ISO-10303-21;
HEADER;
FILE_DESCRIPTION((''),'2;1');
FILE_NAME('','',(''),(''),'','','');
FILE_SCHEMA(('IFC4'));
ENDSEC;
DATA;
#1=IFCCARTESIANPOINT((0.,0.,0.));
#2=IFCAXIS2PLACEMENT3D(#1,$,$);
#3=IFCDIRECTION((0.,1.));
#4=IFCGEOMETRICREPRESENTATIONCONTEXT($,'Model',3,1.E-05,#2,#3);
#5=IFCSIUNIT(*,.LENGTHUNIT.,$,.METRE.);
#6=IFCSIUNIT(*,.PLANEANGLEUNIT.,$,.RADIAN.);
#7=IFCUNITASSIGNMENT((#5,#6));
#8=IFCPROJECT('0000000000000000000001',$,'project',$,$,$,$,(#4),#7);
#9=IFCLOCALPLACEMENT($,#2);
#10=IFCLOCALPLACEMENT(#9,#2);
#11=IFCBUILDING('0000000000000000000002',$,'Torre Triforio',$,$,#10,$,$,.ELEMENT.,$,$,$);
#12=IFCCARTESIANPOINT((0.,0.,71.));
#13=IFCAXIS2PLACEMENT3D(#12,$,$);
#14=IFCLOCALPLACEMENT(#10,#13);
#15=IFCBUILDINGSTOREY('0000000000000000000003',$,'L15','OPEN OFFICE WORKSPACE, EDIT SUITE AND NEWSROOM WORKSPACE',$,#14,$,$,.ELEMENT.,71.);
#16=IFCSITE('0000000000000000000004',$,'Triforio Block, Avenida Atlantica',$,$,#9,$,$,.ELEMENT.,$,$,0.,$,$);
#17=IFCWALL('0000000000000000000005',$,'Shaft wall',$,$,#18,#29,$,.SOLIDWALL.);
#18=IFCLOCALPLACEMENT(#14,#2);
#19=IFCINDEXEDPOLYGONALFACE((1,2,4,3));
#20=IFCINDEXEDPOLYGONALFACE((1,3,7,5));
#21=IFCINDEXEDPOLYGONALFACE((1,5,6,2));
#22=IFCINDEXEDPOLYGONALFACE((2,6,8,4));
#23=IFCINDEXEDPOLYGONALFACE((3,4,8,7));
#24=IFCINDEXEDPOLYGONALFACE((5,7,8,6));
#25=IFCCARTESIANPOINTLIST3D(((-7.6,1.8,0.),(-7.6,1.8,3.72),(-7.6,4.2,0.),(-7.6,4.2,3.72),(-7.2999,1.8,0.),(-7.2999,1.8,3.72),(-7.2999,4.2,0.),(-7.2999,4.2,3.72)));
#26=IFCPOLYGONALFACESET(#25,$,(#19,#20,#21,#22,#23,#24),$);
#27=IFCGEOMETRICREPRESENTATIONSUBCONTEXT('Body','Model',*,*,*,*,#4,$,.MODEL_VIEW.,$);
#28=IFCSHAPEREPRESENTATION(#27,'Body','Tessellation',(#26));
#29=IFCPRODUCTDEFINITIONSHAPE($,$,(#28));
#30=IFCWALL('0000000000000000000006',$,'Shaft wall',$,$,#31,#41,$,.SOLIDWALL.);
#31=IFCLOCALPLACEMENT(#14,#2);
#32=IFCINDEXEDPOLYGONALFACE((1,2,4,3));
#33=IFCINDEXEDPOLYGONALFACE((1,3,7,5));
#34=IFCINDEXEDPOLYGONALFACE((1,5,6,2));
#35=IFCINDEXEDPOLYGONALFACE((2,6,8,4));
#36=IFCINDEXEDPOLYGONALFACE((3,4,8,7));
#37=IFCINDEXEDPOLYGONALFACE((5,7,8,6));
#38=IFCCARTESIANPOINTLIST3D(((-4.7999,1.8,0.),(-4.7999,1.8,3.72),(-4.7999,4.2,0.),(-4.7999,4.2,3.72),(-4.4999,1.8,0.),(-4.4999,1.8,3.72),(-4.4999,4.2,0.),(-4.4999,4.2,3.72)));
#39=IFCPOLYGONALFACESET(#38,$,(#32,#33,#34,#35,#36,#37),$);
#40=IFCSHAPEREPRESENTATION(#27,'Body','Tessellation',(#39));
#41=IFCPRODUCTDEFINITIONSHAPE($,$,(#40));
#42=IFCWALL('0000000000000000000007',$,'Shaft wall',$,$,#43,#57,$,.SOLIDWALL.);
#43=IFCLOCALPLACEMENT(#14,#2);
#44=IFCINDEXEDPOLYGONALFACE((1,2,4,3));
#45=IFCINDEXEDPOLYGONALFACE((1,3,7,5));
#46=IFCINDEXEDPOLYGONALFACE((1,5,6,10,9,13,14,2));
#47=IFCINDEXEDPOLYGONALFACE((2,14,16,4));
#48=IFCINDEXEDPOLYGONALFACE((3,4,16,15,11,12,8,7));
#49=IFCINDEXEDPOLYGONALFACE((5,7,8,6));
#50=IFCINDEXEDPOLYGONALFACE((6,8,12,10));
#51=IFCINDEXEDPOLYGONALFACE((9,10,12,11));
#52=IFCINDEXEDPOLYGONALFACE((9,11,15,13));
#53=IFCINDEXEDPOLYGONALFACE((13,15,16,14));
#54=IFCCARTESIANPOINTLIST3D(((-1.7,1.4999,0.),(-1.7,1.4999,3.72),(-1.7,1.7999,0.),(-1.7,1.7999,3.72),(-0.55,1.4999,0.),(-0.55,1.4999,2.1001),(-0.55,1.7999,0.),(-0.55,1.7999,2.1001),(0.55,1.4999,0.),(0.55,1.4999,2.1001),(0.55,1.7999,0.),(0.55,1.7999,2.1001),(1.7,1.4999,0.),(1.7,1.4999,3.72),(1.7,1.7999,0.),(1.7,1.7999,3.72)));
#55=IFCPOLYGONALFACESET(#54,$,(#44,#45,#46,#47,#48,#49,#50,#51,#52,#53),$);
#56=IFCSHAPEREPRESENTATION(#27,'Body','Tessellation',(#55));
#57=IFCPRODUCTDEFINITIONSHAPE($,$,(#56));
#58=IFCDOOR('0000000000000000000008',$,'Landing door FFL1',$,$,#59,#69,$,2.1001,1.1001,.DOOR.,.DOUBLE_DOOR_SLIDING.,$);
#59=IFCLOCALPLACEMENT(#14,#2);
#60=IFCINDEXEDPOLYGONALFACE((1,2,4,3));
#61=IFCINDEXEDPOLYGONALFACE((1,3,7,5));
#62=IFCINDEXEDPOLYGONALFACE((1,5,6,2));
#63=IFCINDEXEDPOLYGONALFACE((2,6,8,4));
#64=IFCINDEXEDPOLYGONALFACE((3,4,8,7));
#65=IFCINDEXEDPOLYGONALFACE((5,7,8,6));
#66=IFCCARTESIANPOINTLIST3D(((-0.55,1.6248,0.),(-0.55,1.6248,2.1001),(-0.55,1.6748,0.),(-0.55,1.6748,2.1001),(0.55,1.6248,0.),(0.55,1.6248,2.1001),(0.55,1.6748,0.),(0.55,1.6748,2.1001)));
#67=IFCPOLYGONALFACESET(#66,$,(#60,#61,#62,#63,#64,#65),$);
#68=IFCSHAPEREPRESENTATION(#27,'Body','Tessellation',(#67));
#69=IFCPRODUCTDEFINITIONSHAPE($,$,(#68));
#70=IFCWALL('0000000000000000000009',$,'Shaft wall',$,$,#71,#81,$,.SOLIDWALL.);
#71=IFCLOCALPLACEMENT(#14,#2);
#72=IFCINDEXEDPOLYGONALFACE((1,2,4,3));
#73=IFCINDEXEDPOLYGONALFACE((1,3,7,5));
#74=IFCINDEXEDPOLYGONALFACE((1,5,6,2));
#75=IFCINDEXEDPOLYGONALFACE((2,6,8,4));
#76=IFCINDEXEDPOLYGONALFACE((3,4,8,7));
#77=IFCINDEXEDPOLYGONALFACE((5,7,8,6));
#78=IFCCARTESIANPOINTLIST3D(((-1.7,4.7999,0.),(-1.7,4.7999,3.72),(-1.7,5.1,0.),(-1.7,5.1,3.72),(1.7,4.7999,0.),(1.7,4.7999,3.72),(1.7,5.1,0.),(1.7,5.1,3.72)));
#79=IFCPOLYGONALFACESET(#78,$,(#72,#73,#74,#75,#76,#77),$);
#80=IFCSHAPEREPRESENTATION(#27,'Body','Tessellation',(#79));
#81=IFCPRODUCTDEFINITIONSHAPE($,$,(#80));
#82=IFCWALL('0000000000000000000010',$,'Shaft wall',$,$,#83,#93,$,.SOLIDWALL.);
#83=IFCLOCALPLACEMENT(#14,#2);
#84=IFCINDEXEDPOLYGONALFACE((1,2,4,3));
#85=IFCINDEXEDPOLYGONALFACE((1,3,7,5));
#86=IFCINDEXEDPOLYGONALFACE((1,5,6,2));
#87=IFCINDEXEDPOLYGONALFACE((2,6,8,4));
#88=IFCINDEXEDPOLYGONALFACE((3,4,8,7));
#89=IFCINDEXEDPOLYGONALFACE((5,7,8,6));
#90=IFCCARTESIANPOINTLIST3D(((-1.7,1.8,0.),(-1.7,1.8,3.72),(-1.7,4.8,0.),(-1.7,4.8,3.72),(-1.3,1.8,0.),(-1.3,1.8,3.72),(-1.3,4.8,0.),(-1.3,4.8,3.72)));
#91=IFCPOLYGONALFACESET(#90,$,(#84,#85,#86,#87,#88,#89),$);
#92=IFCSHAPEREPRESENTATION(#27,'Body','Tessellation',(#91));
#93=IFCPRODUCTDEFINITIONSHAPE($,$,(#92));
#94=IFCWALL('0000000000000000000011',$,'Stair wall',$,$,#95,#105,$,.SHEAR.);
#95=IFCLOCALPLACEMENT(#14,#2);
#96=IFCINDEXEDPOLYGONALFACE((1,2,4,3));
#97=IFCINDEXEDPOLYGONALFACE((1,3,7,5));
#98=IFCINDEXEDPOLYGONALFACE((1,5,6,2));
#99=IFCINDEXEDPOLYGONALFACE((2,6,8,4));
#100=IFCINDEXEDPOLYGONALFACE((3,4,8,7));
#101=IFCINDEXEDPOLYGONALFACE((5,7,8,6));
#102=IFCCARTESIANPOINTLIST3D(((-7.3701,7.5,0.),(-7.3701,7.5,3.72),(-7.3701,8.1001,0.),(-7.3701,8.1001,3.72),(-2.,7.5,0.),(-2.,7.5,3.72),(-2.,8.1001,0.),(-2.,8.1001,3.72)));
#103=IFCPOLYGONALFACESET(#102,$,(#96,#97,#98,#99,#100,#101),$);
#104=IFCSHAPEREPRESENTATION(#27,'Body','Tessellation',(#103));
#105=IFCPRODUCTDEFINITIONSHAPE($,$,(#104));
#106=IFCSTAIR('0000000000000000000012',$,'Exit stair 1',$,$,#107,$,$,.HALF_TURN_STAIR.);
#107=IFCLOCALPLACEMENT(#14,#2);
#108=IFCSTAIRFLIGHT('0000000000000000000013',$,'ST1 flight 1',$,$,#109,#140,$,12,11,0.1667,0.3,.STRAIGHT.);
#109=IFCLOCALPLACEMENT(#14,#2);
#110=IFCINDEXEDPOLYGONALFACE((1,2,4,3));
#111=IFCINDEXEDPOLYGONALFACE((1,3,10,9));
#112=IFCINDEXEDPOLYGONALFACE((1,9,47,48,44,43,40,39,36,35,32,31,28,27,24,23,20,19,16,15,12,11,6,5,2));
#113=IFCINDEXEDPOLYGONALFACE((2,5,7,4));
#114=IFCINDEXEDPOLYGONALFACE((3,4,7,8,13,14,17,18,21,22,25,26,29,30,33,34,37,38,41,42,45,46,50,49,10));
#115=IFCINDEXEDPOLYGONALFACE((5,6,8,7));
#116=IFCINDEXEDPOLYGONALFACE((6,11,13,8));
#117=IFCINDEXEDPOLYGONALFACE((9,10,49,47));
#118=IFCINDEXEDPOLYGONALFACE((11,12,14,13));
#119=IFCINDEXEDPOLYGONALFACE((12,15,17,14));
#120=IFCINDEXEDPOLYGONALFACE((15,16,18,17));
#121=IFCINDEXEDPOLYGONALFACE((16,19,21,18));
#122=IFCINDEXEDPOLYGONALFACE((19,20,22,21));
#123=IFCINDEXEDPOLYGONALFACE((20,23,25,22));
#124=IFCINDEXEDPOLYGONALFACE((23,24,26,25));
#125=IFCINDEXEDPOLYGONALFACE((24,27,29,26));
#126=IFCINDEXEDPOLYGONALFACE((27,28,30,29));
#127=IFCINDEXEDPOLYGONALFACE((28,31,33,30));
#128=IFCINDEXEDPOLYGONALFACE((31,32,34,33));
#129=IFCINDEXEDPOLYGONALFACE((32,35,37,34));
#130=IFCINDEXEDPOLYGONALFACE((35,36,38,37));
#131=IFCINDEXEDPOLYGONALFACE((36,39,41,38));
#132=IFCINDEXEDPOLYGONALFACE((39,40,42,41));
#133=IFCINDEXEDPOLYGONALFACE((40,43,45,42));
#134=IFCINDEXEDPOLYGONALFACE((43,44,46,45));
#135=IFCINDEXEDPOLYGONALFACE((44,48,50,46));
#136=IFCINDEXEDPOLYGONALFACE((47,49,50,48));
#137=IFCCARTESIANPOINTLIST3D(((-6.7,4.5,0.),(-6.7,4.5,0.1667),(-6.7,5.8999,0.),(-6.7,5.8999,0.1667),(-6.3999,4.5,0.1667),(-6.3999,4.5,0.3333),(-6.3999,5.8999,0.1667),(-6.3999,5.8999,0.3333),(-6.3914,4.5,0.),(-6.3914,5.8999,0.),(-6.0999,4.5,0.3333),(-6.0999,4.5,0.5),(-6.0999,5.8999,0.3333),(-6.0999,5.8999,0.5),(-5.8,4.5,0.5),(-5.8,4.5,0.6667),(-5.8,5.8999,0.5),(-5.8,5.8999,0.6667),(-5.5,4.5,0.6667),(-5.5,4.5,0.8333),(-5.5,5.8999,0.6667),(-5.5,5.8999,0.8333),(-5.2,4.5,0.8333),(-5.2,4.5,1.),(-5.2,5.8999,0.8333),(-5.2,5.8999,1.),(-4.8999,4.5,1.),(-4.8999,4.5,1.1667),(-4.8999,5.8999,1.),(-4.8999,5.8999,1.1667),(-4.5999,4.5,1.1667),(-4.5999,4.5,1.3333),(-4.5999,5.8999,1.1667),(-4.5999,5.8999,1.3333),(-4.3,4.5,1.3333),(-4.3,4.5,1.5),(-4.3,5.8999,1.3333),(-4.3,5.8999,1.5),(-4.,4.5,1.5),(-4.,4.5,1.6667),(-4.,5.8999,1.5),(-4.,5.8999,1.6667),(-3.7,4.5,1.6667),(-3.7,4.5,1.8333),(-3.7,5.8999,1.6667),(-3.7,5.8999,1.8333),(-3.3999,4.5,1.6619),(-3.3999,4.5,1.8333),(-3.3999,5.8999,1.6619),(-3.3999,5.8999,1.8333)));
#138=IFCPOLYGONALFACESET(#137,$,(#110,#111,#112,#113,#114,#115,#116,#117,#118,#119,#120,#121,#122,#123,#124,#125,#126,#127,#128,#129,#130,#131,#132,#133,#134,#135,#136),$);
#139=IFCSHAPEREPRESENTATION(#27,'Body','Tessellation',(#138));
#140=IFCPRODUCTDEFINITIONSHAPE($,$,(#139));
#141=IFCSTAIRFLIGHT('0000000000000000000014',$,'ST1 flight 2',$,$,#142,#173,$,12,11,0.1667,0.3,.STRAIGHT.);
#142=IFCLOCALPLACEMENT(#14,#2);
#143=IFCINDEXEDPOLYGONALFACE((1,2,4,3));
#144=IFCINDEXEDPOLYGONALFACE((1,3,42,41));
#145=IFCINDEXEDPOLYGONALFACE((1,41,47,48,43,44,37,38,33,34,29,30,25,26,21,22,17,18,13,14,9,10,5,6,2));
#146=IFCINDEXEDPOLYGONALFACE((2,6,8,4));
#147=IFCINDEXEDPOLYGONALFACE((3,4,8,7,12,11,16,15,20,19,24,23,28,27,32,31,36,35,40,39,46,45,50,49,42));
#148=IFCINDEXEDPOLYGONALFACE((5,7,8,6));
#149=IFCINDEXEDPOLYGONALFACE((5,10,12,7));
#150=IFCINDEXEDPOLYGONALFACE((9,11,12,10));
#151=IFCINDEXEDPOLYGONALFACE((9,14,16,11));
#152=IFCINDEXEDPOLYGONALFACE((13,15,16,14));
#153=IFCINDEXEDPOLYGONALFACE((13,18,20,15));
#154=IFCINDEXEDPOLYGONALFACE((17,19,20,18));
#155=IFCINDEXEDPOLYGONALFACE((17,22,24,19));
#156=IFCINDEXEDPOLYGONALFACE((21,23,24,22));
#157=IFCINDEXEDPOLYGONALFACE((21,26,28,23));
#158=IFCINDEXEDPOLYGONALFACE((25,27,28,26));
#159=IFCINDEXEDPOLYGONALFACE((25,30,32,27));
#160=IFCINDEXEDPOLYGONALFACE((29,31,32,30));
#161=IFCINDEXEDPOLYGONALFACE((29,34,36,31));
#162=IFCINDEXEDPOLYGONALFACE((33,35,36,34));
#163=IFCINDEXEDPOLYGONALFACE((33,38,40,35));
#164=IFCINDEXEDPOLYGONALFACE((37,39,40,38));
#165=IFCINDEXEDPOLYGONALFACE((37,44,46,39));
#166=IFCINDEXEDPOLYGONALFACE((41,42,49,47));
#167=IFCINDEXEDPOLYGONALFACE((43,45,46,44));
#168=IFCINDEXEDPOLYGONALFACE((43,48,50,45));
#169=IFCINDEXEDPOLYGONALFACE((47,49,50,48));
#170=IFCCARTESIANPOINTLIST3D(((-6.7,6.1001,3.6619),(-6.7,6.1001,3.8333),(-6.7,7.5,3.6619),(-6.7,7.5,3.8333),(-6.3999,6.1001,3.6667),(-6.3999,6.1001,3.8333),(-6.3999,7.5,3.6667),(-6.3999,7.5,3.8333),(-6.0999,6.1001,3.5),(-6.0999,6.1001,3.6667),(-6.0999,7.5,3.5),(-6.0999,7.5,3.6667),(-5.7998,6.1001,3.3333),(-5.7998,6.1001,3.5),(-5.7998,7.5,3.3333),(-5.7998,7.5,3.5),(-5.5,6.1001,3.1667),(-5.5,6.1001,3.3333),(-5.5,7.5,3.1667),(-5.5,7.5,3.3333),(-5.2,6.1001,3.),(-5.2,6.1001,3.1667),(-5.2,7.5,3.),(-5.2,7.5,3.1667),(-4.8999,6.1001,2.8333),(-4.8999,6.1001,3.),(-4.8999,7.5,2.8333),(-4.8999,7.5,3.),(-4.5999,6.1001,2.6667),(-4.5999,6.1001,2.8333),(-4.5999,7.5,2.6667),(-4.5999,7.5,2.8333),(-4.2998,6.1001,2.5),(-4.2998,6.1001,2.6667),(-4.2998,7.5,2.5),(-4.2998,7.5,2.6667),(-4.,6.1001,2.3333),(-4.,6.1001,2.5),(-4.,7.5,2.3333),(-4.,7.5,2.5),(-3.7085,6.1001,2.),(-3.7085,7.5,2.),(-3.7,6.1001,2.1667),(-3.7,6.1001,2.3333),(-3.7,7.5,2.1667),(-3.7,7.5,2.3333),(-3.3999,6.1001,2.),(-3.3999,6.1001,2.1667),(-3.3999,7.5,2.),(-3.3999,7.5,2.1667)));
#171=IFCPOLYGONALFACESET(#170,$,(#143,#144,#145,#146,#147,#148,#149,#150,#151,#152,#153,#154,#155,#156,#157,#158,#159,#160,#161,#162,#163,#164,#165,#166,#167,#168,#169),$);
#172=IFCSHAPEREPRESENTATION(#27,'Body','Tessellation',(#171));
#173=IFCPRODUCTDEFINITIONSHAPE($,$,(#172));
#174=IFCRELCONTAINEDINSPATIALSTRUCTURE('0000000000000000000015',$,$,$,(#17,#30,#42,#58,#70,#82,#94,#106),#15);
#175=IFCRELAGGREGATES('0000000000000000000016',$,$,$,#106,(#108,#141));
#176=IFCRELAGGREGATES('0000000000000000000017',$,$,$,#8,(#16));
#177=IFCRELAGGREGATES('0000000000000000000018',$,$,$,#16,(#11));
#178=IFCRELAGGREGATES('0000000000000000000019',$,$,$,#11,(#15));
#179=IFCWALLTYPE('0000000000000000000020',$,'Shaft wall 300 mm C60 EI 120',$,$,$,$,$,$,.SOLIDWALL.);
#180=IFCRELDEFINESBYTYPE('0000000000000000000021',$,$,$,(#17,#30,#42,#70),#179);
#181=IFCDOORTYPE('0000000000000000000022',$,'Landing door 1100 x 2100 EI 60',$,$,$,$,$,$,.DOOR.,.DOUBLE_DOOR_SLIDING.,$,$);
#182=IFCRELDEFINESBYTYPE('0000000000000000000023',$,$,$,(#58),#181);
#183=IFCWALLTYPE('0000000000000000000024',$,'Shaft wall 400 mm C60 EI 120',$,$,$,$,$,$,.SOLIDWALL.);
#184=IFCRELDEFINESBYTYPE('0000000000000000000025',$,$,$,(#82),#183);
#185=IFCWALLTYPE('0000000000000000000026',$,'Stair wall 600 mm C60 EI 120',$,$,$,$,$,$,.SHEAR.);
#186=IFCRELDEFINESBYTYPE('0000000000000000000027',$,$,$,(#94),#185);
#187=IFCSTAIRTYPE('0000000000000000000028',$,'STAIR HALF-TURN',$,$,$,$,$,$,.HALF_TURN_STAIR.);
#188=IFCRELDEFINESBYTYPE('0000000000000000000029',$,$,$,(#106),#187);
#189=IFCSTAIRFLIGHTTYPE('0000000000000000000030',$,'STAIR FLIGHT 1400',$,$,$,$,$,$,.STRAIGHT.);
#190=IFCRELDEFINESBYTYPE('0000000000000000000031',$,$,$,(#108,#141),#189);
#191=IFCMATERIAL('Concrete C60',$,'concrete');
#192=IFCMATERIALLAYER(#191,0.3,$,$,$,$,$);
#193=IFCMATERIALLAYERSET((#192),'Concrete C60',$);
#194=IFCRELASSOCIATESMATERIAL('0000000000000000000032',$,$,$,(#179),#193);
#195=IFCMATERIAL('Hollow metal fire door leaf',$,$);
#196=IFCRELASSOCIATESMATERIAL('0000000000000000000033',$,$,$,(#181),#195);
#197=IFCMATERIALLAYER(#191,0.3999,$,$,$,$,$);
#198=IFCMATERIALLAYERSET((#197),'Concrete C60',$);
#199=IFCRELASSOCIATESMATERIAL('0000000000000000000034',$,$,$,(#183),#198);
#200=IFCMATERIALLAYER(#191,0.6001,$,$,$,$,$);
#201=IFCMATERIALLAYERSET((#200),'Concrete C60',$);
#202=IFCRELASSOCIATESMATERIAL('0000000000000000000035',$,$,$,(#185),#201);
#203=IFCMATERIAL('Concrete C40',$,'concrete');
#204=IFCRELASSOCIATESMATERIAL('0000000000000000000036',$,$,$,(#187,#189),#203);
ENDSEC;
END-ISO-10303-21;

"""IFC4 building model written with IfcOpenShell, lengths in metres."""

from ifc_helpers import new_model, si_unit, direction, frame, frame_2d, origin, place, context, subcontext, project, spatial, polyline, rectangle, outline, extrude, material, layer, layer_set, type_object, element, fill, aggregate, save


model = new_model("IFC4")

# Units and contexts
model_context = context("Model", 3, precision=1e-05, world=origin(), true_north=direction((0.0, 1.0)))
body_context = subcontext(model_context, "Body", "Model", "MODEL_VIEW")
ifc_project = project(units=[si_unit("LENGTHUNIT", "METRE"), si_unit("PLANEANGLEUNIT", "RADIAN")], contexts=[model_context])

# Site, building, storey
site_placement = place(None, origin())
site = spatial("IfcSite", under=ifc_project, at=site_placement, Name="Triforio Block, Avenida Atlantica", CompositionType="ELEMENT", RefElevation=0.0)
building_placement = place(site_placement, origin())
building = spatial("IfcBuilding", under=site, at=building_placement, Name="Torre Triforio", CompositionType="ELEMENT")
storey_placement = place(building_placement, frame((0.0, 0.0, 71.0)))
storey = spatial("IfcBuildingStorey", under=building, at=storey_placement, Name="L15", Description="OPEN OFFICE WORKSPACE, EDIT SUITE AND NEWSROOM WORKSPACE", CompositionType="ELEMENT", Elevation=71.0)

# Walls
ifc_material_1 = material(Name="Concrete C60", Category="concrete")
ifc_layer_1 = layer(ifc_material_1, 0.3)
ifc_layer_set_1 = layer_set([ifc_layer_1], Name="Concrete C60")
wall_type_1 = type_object("IfcWallType", Name="Shaft wall 300 mm C60 EI 120", PredefinedType="SOLIDWALL", material=ifc_layer_set_1)
for number, where, z_axis, x_axis, name in (
    (1, (-7.45, 1.8, 0.0), (0.0, 0.0, 1.0), (0.0, 1.0, 0.0), "Shaft wall"),
    (2, (-4.6499, 1.8, 0.0), (0.0, 0.0, 1.0), (0.0, 1.0, 0.0), "Shaft wall"),
):
    element("IfcWall", number, at=place(storey_placement, frame(where, z_axis=z_axis, x_axis=x_axis)), inside=storey, type_object=wall_type_1, Name=name, PredefinedType="SOLIDWALL", context=body_context, shape_type="SweptSolid", body=[
        extrude(rectangle(XDim=2.3999, YDim=0.3, at=frame_2d((1.2, 0.0))), origin(), (0.0, 0.0, 1.0), 3.72),
    ])

# Wall, opening, door
wall_1_placement = place(storey_placement, frame((-1.7, 1.6499, 0.0), z_axis=(0.0, 0.0, 1.0), x_axis=(1.0, 0.0, 0.0)))
wall_1 = element("IfcWall", 3, at=wall_1_placement, inside=storey, type_object=wall_type_1, Name="Shaft wall", PredefinedType="SOLIDWALL", context=body_context, shape_type="SweptSolid", body=[
    extrude(rectangle(XDim=3.3999, YDim=0.3, at=frame_2d((1.7, 0.0))), origin(), (0.0, 0.0, 1.0), 3.72),
])
opening_placement = place(wall_1_placement, frame((1.1499, 0.0, 0.0)))
opening = element("IfcOpeningElement", 4, at=opening_placement, cuts=wall_1, PredefinedType="OPENING", context=body_context, shape_type="SweptSolid", body=[
    extrude(rectangle(XDim=1.1001, YDim=2.1001, at=frame_2d((0.55, 1.05))), frame((0.0, 0.1599, 0.0), z_axis=(0.0, -1.0, 0.0), x_axis=(1.0, 0.0, 0.0)), (0.0, 0.0, 1.0), 0.3201),
])
ifc_material_2 = material(Name="Hollow metal fire door leaf")
door_type = type_object("IfcDoorType", Name="Landing door 1100 x 2100 EI 60", OperationType="DOUBLE_DOOR_SLIDING", PredefinedType="DOOR", material=ifc_material_2)
door_placement = place(opening_placement, origin())
door = element("IfcDoor", 5, at=door_placement, inside=storey, type_object=door_type, Name="Landing door FFL1", OperationType="DOUBLE_DOOR_SLIDING", OverallHeight=2.1001, OverallWidth=1.1001, PredefinedType="DOOR", context=body_context, shape_type="SweptSolid", body=[
    extrude(rectangle(XDim=1.1001, YDim=2.1001, at=frame_2d((0.55, 1.05))), frame((0.0, 0.0249, 0.0), z_axis=(0.0, -1.0, 0.0), x_axis=(1.0, 0.0, 0.0)), (0.0, 0.0, 1.0), 0.05),
])
fill(opening, door)

# Walls
wall_2_placement = place(storey_placement, frame((-1.7, 4.95, 0.0), z_axis=(0.0, 0.0, 1.0), x_axis=(1.0, 0.0, 0.0)))
element("IfcWall", 6, at=wall_2_placement, inside=storey, type_object=wall_type_1, Name="Shaft wall", PredefinedType="SOLIDWALL", context=body_context, shape_type="SweptSolid", body=[
    extrude(rectangle(XDim=3.3999, YDim=0.3, at=frame_2d((1.7, 0.0))), origin(), (0.0, 0.0, 1.0), 3.72),
])
ifc_layer_2 = layer(ifc_material_1, 0.3999)
ifc_layer_set_2 = layer_set([ifc_layer_2], Name="Concrete C60")
wall_type_2 = type_object("IfcWallType", Name="Shaft wall 400 mm C60 EI 120", PredefinedType="SOLIDWALL", material=ifc_layer_set_2)
wall_3_placement = place(storey_placement, frame((-1.5, 1.8, 0.0), z_axis=(0.0, 0.0, 1.0), x_axis=(0.0, 1.0, 0.0)))
element("IfcWall", 7, at=wall_3_placement, inside=storey, type_object=wall_type_2, Name="Shaft wall", PredefinedType="SOLIDWALL", context=body_context, shape_type="SweptSolid", body=[
    extrude(rectangle(XDim=3.0, YDim=0.3999, at=frame_2d((1.5, 0.0))), origin(), (0.0, 0.0, 1.0), 3.72),
])
ifc_layer_3 = layer(ifc_material_1, 0.6001)
ifc_layer_set_3 = layer_set([ifc_layer_3], Name="Concrete C60")
wall_type_3 = type_object("IfcWallType", Name="Stair wall 600 mm C60 EI 120", PredefinedType="SHEAR", material=ifc_layer_set_3)
wall_4_placement = place(storey_placement, frame((-7.3701, 7.8, 0.0), z_axis=(0.0, 0.0, 1.0), x_axis=(1.0, 0.0, 0.0)))
element("IfcWall", 8, at=wall_4_placement, inside=storey, type_object=wall_type_3, Name="Stair wall", PredefinedType="SHEAR", context=body_context, shape_type="SweptSolid", body=[
    extrude(rectangle(XDim=5.3701, YDim=0.6001, at=frame_2d((2.6851, 0.0))), origin(), (0.0, 0.0, 1.0), 3.72),
])

# Stair, stair flights
ifc_material_3 = material(Name="Concrete C40", Category="concrete")
stair_type = type_object("IfcStairType", Name="STAIR HALF-TURN", PredefinedType="HALF_TURN_STAIR", material=ifc_material_3)
stair_placement = place(storey_placement, origin())
stair = element("IfcStair", 9, at=stair_placement, inside=storey, type_object=stair_type, Name="Exit stair 1", PredefinedType="HALF_TURN_STAIR")
stair_flight_type = type_object("IfcStairFlightType", Name="STAIR FLIGHT 1400", PredefinedType="STRAIGHT", material=ifc_material_3)
stair_flight_1_placement = place(storey_placement, frame((-6.7, 5.2, 0.0), z_axis=(0.0, 0.0, 1.0), x_axis=(1.0, 0.0, 0.0)))
stair_flight_1 = element("IfcStairFlight", 10, at=stair_flight_1_placement, type_object=stair_flight_type, Name="ST1 flight 1", NumberOfRisers=12, NumberOfTreads=11, PredefinedType="STRAIGHT", RiserHeight=0.1667, TreadLength=0.3, context=body_context, shape_type="SweptSolid", body=[
    extrude(outline(polyline([(0.0, 0.0), (0.0, 0.1667), (0.3, 0.1667), (0.3, 0.3333), (0.6001, 0.3333), (0.6001, 0.5), (0.8999, 0.5), (0.8999, 0.6667), (1.2, 0.6667), (1.2, 0.8333), (1.5, 0.8333), (1.5, 1.0), (1.8, 1.0), (1.8, 1.1667), (2.1001, 1.1667), (2.1001, 1.3333), (2.3999, 1.3333), (2.3999, 1.5), (2.7, 1.5), (2.7, 1.6667), (3.0, 1.6667), (3.0, 1.8333), (3.3, 1.8333), (3.3, 2.0), (3.3, 1.6619), (0.3086, 0.0), (0.0, 0.0)])), frame((0.0, 0.7, 0.0), z_axis=(0.0, -1.0, 0.0), x_axis=(1.0, 0.0, 0.0)), (0.0, 0.0, 1.0), 1.3999),
])
stair_flight_2_placement = place(storey_placement, frame((-3.3999, 6.8, 2.0), z_axis=(0.0, 0.0, 1.0), x_axis=(-1.0, 0.0, 0.0)))
stair_flight_2 = element("IfcStairFlight", 11, at=stair_flight_2_placement, type_object=stair_flight_type, Name="ST1 flight 2", NumberOfRisers=12, NumberOfTreads=11, PredefinedType="STRAIGHT", RiserHeight=0.1667, TreadLength=0.3, context=body_context, shape_type="SweptSolid", body=[
    extrude(outline(polyline([(0.0, 0.0), (0.0, 0.1667), (0.3, 0.1667), (0.3, 0.3333), (0.6001, 0.3333), (0.6001, 0.5), (0.8999, 0.5), (0.8999, 0.6667), (1.2, 0.6667), (1.2, 0.8333), (1.5, 0.8333), (1.5, 1.0), (1.8, 1.0), (1.8, 1.1667), (2.1001, 1.1667), (2.1001, 1.3333), (2.3999, 1.3333), (2.3999, 1.5), (2.7, 1.5), (2.7, 1.6667), (3.0, 1.6667), (3.0, 1.8333), (3.3, 1.8333), (3.3, 2.0), (3.3, 1.6619), (0.3086, 0.0), (0.0, 0.0)])), frame((0.0, 0.7, 0.0), z_axis=(0.0, -1.0, 0.0), x_axis=(1.0, 0.0, 0.0)), (0.0, 0.0, 1.0), 1.3999),
])
aggregate(stair, [stair_flight_1, stair_flight_2])

save(model, "model.ifc")
